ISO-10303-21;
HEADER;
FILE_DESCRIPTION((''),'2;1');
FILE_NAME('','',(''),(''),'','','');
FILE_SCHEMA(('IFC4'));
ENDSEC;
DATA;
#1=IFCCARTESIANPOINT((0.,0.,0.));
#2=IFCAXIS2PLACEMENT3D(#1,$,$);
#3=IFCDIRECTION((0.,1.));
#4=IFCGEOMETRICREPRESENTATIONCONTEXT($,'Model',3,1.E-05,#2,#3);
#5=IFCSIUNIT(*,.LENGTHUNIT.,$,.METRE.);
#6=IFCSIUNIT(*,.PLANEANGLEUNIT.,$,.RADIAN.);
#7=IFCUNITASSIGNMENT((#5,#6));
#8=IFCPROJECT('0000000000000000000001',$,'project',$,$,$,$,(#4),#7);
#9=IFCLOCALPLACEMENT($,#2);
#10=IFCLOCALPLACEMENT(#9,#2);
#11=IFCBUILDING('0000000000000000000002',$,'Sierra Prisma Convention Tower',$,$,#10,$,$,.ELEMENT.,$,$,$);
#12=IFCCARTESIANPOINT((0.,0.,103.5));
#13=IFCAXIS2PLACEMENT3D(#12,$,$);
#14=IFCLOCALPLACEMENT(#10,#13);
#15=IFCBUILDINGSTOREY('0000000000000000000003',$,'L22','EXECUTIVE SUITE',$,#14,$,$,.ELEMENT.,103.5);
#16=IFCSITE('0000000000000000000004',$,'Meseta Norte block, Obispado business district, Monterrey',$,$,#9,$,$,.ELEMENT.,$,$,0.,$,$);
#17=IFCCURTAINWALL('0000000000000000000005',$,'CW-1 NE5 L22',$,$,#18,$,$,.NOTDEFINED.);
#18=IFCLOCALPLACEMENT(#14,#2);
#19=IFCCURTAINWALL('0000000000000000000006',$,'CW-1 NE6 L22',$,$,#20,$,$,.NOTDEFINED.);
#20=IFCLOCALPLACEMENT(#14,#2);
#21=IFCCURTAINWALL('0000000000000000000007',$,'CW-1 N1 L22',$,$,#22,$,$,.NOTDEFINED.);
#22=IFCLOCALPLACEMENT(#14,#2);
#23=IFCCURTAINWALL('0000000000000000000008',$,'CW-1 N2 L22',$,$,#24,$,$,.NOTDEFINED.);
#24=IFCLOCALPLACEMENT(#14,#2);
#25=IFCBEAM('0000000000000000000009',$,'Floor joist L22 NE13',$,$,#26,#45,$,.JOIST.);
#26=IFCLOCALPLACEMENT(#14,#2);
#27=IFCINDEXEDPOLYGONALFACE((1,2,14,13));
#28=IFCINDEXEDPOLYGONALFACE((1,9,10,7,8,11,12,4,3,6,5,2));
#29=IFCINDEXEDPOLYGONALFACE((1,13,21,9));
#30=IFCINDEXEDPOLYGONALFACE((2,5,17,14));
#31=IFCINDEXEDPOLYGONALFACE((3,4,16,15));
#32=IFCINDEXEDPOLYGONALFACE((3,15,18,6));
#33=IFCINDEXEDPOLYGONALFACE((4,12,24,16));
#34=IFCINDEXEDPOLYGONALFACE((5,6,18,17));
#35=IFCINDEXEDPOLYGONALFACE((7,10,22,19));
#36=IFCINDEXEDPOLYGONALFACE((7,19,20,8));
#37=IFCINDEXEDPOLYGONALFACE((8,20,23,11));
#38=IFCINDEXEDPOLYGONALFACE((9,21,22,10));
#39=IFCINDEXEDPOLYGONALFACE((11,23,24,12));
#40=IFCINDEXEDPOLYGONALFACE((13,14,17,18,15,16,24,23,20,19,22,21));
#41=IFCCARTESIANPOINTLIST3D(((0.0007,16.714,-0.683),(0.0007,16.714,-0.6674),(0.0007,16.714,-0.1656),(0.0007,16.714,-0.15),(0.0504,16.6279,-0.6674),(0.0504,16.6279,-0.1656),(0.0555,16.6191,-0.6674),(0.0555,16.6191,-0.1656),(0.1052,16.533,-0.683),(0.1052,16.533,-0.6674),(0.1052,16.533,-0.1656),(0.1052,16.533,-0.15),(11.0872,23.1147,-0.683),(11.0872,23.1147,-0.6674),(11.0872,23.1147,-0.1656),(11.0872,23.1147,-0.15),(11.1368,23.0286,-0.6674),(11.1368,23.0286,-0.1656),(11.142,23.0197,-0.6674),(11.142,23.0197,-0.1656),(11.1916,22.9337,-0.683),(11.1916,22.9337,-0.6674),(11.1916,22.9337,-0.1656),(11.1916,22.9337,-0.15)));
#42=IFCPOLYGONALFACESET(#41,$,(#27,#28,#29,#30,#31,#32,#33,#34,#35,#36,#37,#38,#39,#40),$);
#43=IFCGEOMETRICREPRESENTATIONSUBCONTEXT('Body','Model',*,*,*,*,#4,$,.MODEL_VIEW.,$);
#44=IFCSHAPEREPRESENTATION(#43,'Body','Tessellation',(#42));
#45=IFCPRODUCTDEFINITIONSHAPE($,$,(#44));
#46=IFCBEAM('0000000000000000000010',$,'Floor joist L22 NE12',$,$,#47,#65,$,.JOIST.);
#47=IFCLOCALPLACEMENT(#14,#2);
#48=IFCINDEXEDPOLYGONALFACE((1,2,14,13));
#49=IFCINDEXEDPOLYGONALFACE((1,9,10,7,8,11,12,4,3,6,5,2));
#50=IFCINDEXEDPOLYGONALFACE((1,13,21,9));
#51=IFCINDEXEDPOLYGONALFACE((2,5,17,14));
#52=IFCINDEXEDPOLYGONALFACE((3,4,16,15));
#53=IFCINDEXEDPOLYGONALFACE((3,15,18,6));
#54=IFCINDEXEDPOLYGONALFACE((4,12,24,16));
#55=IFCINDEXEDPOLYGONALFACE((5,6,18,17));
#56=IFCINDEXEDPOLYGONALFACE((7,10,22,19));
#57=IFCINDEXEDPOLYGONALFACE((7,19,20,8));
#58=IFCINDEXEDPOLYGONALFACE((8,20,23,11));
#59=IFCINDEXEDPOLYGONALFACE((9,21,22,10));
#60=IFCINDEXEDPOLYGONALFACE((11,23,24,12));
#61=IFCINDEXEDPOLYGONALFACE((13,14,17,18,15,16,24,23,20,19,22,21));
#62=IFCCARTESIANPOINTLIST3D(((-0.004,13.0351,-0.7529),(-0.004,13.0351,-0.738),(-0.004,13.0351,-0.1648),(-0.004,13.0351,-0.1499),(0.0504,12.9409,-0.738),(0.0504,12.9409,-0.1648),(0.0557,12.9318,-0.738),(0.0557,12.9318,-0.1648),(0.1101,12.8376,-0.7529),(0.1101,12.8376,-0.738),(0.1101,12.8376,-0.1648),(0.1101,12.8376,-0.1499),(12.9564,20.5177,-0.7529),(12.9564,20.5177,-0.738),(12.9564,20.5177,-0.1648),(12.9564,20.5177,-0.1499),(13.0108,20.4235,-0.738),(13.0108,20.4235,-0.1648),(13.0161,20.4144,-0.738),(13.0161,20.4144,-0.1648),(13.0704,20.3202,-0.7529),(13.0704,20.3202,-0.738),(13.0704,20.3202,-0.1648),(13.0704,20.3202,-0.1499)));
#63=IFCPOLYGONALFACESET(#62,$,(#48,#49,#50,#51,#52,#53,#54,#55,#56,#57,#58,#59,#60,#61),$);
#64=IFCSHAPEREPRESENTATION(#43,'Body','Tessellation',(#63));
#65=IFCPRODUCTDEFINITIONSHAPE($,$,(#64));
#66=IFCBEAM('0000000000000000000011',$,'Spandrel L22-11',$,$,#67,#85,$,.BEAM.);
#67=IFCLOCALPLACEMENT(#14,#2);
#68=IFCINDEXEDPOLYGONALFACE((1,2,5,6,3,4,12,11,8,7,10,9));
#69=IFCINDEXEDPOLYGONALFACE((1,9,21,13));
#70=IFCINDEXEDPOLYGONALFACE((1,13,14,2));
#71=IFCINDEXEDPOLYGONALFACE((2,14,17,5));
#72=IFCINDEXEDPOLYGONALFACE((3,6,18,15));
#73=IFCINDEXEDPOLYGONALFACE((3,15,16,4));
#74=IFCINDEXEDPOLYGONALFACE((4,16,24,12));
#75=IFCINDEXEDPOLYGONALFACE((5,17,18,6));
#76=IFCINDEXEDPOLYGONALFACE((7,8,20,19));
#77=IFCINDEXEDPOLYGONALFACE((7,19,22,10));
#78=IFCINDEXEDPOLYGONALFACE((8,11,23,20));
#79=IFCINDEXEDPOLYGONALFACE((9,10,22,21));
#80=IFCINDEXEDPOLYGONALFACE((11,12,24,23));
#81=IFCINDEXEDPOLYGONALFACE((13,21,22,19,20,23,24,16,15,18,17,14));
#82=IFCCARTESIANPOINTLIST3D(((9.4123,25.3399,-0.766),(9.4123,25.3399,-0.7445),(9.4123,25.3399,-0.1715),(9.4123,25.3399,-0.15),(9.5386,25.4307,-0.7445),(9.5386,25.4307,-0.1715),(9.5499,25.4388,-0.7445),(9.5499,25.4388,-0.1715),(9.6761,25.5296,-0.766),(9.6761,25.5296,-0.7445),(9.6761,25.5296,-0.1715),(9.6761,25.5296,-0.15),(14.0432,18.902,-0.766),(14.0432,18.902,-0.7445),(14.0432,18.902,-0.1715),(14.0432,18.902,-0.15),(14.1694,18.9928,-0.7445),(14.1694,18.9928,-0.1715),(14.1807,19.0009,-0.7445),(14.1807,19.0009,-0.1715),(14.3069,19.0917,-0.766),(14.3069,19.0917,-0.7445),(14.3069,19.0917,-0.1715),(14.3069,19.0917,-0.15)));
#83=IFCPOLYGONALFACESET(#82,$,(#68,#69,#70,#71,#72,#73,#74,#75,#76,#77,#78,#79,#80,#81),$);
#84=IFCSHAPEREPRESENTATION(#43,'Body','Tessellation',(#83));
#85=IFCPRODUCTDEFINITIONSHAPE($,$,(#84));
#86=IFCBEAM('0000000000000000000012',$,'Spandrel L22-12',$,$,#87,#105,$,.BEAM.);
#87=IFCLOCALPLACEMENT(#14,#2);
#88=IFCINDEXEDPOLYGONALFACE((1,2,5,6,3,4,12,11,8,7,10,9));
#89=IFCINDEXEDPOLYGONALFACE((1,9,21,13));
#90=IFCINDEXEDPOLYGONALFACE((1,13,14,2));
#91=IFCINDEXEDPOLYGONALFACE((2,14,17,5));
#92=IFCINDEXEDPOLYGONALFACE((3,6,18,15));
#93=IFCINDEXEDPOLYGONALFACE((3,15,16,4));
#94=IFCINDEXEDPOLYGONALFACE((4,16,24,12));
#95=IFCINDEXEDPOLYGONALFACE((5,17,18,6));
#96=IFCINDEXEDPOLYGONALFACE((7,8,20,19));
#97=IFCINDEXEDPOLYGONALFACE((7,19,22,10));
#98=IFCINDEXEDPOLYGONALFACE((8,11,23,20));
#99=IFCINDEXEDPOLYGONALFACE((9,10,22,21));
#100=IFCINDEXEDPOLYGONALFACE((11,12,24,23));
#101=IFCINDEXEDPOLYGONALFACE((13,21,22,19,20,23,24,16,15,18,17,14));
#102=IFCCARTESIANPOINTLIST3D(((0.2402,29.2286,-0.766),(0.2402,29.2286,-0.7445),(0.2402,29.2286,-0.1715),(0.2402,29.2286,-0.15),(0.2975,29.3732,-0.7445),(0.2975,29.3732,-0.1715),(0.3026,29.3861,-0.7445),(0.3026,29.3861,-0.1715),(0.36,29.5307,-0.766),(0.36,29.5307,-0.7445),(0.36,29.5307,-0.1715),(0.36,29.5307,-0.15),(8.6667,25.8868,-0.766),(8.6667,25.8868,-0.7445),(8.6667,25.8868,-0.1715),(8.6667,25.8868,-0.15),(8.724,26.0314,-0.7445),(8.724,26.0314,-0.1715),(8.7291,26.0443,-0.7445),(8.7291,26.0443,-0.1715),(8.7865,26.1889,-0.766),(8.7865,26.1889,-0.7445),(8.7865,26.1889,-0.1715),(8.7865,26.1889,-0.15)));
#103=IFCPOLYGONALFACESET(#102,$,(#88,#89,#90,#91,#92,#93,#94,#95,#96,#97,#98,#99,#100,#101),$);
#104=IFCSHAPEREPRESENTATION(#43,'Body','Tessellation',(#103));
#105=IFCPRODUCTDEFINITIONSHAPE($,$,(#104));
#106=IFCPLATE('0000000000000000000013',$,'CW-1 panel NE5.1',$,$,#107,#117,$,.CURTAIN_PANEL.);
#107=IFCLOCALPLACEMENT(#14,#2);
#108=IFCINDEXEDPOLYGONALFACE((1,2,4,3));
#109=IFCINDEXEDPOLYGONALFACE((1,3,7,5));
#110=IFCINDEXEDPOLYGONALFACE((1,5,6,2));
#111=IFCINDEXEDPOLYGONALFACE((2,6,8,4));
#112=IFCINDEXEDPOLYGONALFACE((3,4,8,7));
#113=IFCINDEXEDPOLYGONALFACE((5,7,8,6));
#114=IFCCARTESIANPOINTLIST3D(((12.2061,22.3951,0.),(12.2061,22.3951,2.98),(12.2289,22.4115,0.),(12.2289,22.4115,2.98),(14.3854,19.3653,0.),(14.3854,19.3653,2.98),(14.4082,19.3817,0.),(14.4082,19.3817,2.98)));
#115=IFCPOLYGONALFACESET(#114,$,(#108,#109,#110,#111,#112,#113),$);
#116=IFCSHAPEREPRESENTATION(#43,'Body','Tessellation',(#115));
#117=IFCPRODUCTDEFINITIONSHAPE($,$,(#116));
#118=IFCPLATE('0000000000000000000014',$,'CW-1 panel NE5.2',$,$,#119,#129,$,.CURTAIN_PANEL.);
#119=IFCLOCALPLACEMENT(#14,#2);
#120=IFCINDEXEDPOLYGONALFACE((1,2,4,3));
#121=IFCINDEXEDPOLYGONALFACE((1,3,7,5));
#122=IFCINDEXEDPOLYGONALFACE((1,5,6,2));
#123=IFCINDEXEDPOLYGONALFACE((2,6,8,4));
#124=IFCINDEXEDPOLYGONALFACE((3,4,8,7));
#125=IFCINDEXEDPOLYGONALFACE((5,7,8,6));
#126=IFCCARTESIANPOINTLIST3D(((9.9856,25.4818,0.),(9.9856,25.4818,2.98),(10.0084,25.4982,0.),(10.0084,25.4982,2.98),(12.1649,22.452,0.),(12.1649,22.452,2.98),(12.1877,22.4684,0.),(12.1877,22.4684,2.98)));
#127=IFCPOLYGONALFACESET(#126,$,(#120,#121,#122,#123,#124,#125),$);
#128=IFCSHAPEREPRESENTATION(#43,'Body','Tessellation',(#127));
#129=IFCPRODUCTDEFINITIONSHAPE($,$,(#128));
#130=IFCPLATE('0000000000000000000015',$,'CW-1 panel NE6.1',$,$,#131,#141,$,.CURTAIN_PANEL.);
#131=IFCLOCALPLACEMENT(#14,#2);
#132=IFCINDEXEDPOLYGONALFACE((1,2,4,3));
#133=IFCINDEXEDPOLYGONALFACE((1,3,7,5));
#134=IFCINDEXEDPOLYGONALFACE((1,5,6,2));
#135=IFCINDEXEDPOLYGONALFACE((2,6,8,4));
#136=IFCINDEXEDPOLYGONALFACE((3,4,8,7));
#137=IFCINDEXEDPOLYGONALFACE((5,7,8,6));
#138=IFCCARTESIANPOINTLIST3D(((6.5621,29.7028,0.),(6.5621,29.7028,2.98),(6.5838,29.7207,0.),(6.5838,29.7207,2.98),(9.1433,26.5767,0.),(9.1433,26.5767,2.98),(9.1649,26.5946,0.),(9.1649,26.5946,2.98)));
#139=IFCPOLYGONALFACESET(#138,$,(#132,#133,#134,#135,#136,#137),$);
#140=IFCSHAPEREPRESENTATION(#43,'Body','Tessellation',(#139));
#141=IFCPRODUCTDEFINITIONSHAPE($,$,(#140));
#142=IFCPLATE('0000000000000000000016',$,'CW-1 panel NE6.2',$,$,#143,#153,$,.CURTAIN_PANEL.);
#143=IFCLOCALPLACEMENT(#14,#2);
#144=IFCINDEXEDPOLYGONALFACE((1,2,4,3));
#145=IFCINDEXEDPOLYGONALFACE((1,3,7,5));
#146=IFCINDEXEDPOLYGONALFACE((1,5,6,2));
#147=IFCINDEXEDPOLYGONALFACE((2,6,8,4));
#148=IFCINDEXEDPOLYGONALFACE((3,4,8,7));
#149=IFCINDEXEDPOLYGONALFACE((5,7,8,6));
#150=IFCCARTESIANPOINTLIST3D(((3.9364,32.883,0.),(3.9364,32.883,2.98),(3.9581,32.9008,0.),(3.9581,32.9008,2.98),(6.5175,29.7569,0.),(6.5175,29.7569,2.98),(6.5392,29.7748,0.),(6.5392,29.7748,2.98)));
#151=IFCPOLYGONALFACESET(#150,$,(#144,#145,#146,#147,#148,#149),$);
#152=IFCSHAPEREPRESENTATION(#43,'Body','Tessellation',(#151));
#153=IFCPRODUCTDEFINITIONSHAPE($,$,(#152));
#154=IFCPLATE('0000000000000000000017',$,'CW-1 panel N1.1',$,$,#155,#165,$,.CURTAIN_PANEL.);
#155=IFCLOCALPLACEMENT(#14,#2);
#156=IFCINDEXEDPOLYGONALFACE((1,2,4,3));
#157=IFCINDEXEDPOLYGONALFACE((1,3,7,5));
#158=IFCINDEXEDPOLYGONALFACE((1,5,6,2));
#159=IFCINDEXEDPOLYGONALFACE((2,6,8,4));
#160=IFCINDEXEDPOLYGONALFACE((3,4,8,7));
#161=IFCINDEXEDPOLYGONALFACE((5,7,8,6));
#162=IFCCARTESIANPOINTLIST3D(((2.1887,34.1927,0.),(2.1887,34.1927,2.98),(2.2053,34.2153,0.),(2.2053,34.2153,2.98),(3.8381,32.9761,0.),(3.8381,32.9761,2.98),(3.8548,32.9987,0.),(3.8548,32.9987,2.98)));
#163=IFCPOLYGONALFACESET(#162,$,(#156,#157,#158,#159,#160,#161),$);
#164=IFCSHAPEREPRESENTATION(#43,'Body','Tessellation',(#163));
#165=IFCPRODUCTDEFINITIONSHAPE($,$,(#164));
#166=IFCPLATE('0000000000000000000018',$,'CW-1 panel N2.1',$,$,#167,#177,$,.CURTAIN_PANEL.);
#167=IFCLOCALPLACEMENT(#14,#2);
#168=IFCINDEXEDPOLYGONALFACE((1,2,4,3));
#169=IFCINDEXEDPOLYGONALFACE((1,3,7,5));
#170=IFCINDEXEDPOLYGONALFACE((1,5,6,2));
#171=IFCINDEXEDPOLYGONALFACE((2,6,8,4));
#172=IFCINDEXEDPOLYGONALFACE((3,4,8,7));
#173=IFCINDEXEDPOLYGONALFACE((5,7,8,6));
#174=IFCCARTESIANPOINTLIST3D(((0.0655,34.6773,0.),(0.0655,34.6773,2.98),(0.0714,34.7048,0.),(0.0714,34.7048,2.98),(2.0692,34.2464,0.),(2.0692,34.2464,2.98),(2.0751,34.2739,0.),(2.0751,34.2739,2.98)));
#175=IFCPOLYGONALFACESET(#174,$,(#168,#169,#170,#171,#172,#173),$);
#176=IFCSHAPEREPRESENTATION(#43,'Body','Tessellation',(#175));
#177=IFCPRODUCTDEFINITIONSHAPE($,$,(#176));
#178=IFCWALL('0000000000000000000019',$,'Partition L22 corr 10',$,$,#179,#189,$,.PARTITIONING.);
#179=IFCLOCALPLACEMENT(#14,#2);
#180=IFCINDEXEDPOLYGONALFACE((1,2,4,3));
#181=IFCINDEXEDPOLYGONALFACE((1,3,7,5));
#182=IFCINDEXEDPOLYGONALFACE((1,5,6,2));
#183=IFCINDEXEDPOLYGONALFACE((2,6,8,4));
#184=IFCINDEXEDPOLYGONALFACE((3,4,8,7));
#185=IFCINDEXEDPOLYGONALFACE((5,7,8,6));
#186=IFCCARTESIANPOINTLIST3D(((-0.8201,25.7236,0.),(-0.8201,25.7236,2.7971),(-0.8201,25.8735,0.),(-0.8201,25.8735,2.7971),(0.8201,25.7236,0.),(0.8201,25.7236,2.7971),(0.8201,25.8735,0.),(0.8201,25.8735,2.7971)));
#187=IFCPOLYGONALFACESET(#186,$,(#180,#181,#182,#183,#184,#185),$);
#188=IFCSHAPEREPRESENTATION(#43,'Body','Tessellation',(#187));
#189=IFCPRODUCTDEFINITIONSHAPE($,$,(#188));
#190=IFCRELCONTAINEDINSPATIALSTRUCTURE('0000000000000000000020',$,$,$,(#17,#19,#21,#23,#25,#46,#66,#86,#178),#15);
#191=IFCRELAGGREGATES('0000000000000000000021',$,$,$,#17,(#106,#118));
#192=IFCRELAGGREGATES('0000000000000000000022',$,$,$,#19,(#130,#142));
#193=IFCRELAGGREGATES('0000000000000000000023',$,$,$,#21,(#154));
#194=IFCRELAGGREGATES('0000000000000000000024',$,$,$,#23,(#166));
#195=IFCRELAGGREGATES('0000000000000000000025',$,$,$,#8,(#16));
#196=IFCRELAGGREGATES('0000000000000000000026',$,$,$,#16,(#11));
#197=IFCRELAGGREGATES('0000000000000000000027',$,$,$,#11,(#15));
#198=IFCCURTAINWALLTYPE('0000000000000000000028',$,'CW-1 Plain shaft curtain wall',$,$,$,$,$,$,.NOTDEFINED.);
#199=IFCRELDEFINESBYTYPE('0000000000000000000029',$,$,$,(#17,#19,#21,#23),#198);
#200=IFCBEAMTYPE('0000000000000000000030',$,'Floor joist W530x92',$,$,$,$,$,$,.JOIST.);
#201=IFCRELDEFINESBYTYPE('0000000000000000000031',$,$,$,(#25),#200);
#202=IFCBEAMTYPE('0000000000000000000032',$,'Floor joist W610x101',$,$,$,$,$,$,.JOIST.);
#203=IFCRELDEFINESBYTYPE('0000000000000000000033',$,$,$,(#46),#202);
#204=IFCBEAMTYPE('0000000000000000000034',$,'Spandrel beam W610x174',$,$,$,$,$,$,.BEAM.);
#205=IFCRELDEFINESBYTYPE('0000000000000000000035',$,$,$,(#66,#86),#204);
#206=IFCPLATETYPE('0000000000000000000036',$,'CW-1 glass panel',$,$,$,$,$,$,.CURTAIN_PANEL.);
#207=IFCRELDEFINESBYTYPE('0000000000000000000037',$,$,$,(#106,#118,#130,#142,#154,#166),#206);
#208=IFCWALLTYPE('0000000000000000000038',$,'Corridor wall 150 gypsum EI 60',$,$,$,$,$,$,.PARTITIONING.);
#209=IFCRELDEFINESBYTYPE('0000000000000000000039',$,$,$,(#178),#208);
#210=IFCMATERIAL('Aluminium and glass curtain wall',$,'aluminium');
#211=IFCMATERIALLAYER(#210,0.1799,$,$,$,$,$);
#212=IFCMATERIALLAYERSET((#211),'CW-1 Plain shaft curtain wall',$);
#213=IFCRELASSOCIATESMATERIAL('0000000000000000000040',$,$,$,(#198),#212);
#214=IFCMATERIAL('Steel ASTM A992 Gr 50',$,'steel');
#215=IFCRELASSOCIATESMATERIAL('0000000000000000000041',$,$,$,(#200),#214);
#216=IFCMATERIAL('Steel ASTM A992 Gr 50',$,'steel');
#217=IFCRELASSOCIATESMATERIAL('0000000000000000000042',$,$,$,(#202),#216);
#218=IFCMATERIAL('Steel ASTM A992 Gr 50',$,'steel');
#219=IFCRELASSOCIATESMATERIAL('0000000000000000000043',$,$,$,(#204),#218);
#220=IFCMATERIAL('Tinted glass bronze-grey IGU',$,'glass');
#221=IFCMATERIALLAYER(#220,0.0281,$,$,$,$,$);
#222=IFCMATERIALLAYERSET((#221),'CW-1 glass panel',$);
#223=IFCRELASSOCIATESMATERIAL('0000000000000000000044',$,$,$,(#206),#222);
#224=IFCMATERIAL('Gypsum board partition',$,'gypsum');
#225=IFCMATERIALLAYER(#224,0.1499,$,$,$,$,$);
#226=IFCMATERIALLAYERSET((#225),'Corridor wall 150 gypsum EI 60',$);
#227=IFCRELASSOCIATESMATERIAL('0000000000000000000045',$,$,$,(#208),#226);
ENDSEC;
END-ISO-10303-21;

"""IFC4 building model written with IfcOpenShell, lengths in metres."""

from ifc_helpers import new_model, si_unit, direction, frame, frame_2d, origin, origin_2d, place, context, subcontext, project, spatial, rectangle, i_section, extrude, material, layer, layer_set, material_profile, profile_set, type_object, element, aggregate, save


model = new_model("IFC4")

# Units and contexts
model_context = context("Model", 3, precision=1e-05, world=origin(), true_north=direction((0.0, 1.0)))
body_context = subcontext(model_context, "Body", "Model", "MODEL_VIEW")
ifc_project = project(units=[si_unit("LENGTHUNIT", "METRE"), si_unit("PLANEANGLEUNIT", "RADIAN")], contexts=[model_context])

# Site, building, storey
site_placement = place(None, origin())
site = spatial("IfcSite", under=ifc_project, at=site_placement, Name="Meseta Norte block, Obispado business district, Monterrey", CompositionType="ELEMENT", RefElevation=0.0)
building_placement = place(site_placement, origin())
building = spatial("IfcBuilding", under=site, at=building_placement, Name="Sierra Prisma Convention Tower", CompositionType="ELEMENT")
storey_placement = place(building_placement, frame((0.0, 0.0, 103.5)))
storey = spatial("IfcBuildingStorey", under=building, at=storey_placement, Name="L22", Description="EXECUTIVE SUITE", CompositionType="ELEMENT", Elevation=103.5)

# Curtain wall
ifc_material_1 = material(Name="Aluminium and glass curtain wall", Category="aluminium")
ifc_layer_1 = layer(ifc_material_1, 0.1799)
ifc_layer_set_1 = layer_set([ifc_layer_1], Name="CW-1 Plain shaft curtain wall")
curtain_wall_type = type_object("IfcCurtainWallType", Name="CW-1 Plain shaft curtain wall", PredefinedType="NOTDEFINED", material=ifc_layer_set_1)
curtain_wall_1_placement = place(storey_placement, origin())
curtain_wall_1 = element("IfcCurtainWall", 1, at=curtain_wall_1_placement, inside=storey, type_object=curtain_wall_type, Name="CW-1 NE5 L22", PredefinedType="NOTDEFINED")

# Curtain walls
curtain_wall_2_placement = place(storey_placement, origin())
curtain_wall_2 = element("IfcCurtainWall", 2, at=curtain_wall_2_placement, inside=storey, type_object=curtain_wall_type, Name="CW-1 NE6 L22", PredefinedType="NOTDEFINED")
curtain_wall_3_placement = place(storey_placement, origin())
curtain_wall_3 = element("IfcCurtainWall", 3, at=curtain_wall_3_placement, inside=storey, type_object=curtain_wall_type, Name="CW-1 N1 L22", PredefinedType="NOTDEFINED")
curtain_wall_4_placement = place(storey_placement, origin())
curtain_wall_4 = element("IfcCurtainWall", 4, at=curtain_wall_4_placement, inside=storey, type_object=curtain_wall_type, Name="CW-1 N2 L22", PredefinedType="NOTDEFINED")

# Beams
ifc_material_2 = material(Name="Steel ASTM A992 Gr 50", Category="steel")
ifc_material_profile_1 = material_profile(ifc_material_2, i_section(OverallWidth=0.209, OverallDepth=0.533, WebThickness=0.0103, FlangeThickness=0.0156, at=origin_2d()), Name="W530x92")
ifc_profile_set_1 = profile_set([ifc_material_profile_1], Name="Steel ASTM A992 Gr 50")
beam_type_1 = type_object("IfcBeamType", Name="Floor joist W530x92", PredefinedType="JOIST", material=ifc_profile_set_1)
beam_1_placement = place(storey_placement, frame((11.1394, 23.0242, -0.4165), z_axis=(-0.866029, -0.499993, 0.0), x_axis=(0.499993, -0.866029, 0.0)))
element("IfcBeam", 5, at=beam_1_placement, inside=storey, type_object=beam_type_1, Name="Floor joist L22 NE13", PredefinedType="JOIST", context=body_context, shape_type="SweptSolid", body=[
    extrude(i_section(OverallWidth=0.209, OverallDepth=0.533, WebThickness=0.0103, FlangeThickness=0.0156, at=origin_2d()), origin(), (0.0, 0.0, 1.0), 12.8015),
])
ifc_material_3 = material(Name="Steel ASTM A992 Gr 50", Category="steel")
ifc_material_profile_2 = material_profile(ifc_material_3, i_section(OverallWidth=0.228, OverallDepth=0.603, WebThickness=0.0105, FlangeThickness=0.0149, at=origin_2d()), Name="W610x101")
ifc_profile_set_2 = profile_set([ifc_material_profile_2], Name="Steel ASTM A992 Gr 50")
beam_type_2 = type_object("IfcBeamType", Name="Floor joist W610x101", PredefinedType="JOIST", material=ifc_profile_set_2)
beam_2_placement = place(storey_placement, frame((13.0134, 20.4189, -0.4514), z_axis=(-0.866027, -0.499997, 0.0), x_axis=(0.499997, -0.866027, 0.0)))
element("IfcBeam", 6, at=beam_2_placement, inside=storey, type_object=beam_type_2, Name="Floor joist L22 NE12", PredefinedType="JOIST", context=body_context, shape_type="SweptSolid", body=[
    extrude(i_section(OverallWidth=0.228, OverallDepth=0.603, WebThickness=0.0105, FlangeThickness=0.0149, at=origin_2d()), origin(), (0.0, 0.0, 1.0), 14.9653),
])
ifc_material_4 = material(Name="Steel ASTM A992 Gr 50", Category="steel")
ifc_material_profile_3 = material_profile(ifc_material_4, i_section(OverallWidth=0.325, OverallDepth=0.616, WebThickness=0.0139, FlangeThickness=0.0215, at=origin_2d()), Name="W610x174")
ifc_profile_set_3 = profile_set([ifc_material_profile_3], Name="Steel ASTM A992 Gr 50")
beam_type_3 = type_object("IfcBeamType", Name="Spandrel beam W610x174", PredefinedType="BEAM", material=ifc_profile_set_3)
beam_3_placement = place(storey_placement, frame((14.175, 18.9968, -0.458), z_axis=(-0.583932, 0.811803, 0.0), x_axis=(-0.811803, -0.583932, 0.0)))
element("IfcBeam", 7, at=beam_3_placement, inside=storey, type_object=beam_type_3, Name="Spandrel L22-11", PredefinedType="BEAM", context=body_context, shape_type="SweptSolid", body=[
    extrude(i_section(OverallWidth=0.325, OverallDepth=0.616, WebThickness=0.0139, FlangeThickness=0.0215, at=origin_2d()), origin(), (0.0, 0.0, 1.0), 7.9304),
])
beam_4_placement = place(storey_placement, frame((8.7266, 26.0378, -0.458), z_axis=(-0.929569, 0.368649, 0.0), x_axis=(-0.368649, -0.929569, 0.0)))
element("IfcBeam", 8, at=beam_4_placement, inside=storey, type_object=beam_type_3, Name="Spandrel L22-12", PredefinedType="BEAM", context=body_context, shape_type="SweptSolid", body=[
    extrude(i_section(OverallWidth=0.325, OverallDepth=0.616, WebThickness=0.0139, FlangeThickness=0.0215, at=origin_2d()), origin(), (0.0, 0.0, 1.0), 9.0649),
])

# Plates
ifc_material_5 = material(Name="Tinted glass bronze-grey IGU", Category="glass")
ifc_layer_2 = layer(ifc_material_5, 0.0281)
ifc_layer_set_2 = layer_set([ifc_layer_2], Name="CW-1 glass panel")
plate_type = type_object("IfcPlateType", Name="CW-1 glass panel", PredefinedType="CURTAIN_PANEL", material=ifc_layer_set_2)
plate_1_placement = place(storey_placement, frame((13.3071, 20.8884, 0.0), z_axis=(0.0, 0.0, 1.0), x_axis=(-0.583927, 0.811806, 0.0)))
plate_1 = element("IfcPlate", 9, at=plate_1_placement, type_object=plate_type, Name="CW-1 panel NE5.1", PredefinedType="CURTAIN_PANEL", context=body_context, shape_type="SweptSolid", body=[
    extrude(rectangle(XDim=3.7322, YDim=0.0281, at=origin_2d()), origin(), (0.0, 0.0, 1.0), 2.98),
])
plate_2_placement = place(storey_placement, frame((11.0867, 23.9751, 0.0), z_axis=(0.0, 0.0, 1.0), x_axis=(-0.583927, 0.811806, 0.0)))
plate_2 = element("IfcPlate", 10, at=plate_2_placement, type_object=plate_type, Name="CW-1 panel NE5.2", PredefinedType="CURTAIN_PANEL", context=body_context, shape_type="SweptSolid", body=[
    extrude(rectangle(XDim=3.7322, YDim=0.0281, at=origin_2d()), origin(), (0.0, 0.0, 1.0), 2.98),
])
aggregate(curtain_wall_1, [plate_1, plate_2])
plate_3_placement = place(storey_placement, frame((7.8635, 28.1487, 0.0), z_axis=(0.0, 0.0, 1.0), x_axis=(-0.636689, 0.77112, 0.0)))
plate_3 = element("IfcPlate", 11, at=plate_3_placement, type_object=plate_type, Name="CW-1 panel NE6.1", PredefinedType="CURTAIN_PANEL", context=body_context, shape_type="SweptSolid", body=[
    extrude(rectangle(XDim=4.054, YDim=0.0281, at=origin_2d()), origin(), (0.0, 0.0, 1.0), 2.98),
])
plate_4_placement = place(storey_placement, frame((5.2378, 31.3289, 0.0), z_axis=(0.0, 0.0, 1.0), x_axis=(-0.636689, 0.77112, 0.0)))
plate_4 = element("IfcPlate", 12, at=plate_4_placement, type_object=plate_type, Name="CW-1 panel NE6.2", PredefinedType="CURTAIN_PANEL", context=body_context, shape_type="SweptSolid", body=[
    extrude(rectangle(XDim=4.054, YDim=0.0281, at=origin_2d()), origin(), (0.0, 0.0, 1.0), 2.98),
])
aggregate(curtain_wall_2, [plate_3, plate_4])
plate_5_placement = place(storey_placement, frame((3.0217, 33.5957, 0.0), z_axis=(0.0, 0.0, 1.0), x_axis=(-0.804799, 0.593547, 0.0)))
plate_5 = element("IfcPlate", 13, at=plate_5_placement, type_object=plate_type, Name="CW-1 panel N1.1", PredefinedType="CURTAIN_PANEL", context=body_context, shape_type="SweptSolid", body=[
    extrude(rectangle(XDim=2.0496, YDim=0.0281, at=origin_2d()), origin(), (0.0, 0.0, 1.0), 2.98),
])
aggregate(curtain_wall_3, [plate_5])
plate_6_placement = place(storey_placement, frame((1.0703, 34.4756, 0.0), z_axis=(0.0, 0.0, 1.0), x_axis=(-0.97765, 0.210239, 0.0)))
plate_6 = element("IfcPlate", 14, at=plate_6_placement, type_object=plate_type, Name="CW-1 panel N2.1", PredefinedType="CURTAIN_PANEL", context=body_context, shape_type="SweptSolid", body=[
    extrude(rectangle(XDim=2.0496, YDim=0.0281, at=origin_2d()), origin(), (0.0, 0.0, 1.0), 2.98),
])
aggregate(curtain_wall_4, [plate_6])

# Wall
ifc_material_6 = material(Name="Gypsum board partition", Category="gypsum")
ifc_layer_3 = layer(ifc_material_6, 0.1499)
ifc_layer_set_3 = layer_set([ifc_layer_3], Name="Corridor wall 150 gypsum EI 60")
wall_type_1 = type_object("IfcWallType", Name="Corridor wall 150 gypsum EI 60", PredefinedType="PARTITIONING", material=ifc_layer_set_3)
wall_1_placement = place(storey_placement, frame((0.8201, 25.7986, 0.0), z_axis=(0.0, 0.0, 1.0), x_axis=(-1.0, 0.0, 0.0)))
element("IfcWall", 15, at=wall_1_placement, inside=storey, type_object=wall_type_1, Name="Partition L22 corr 10", PredefinedType="PARTITIONING", context=body_context, shape_type="SweptSolid", body=[
    extrude(rectangle(XDim=1.6401, YDim=0.1499, at=frame_2d((0.8201, 0.0))), origin(), (0.0, 0.0, 1.0), 2.7971),
])

save(model, "model.ifc")
